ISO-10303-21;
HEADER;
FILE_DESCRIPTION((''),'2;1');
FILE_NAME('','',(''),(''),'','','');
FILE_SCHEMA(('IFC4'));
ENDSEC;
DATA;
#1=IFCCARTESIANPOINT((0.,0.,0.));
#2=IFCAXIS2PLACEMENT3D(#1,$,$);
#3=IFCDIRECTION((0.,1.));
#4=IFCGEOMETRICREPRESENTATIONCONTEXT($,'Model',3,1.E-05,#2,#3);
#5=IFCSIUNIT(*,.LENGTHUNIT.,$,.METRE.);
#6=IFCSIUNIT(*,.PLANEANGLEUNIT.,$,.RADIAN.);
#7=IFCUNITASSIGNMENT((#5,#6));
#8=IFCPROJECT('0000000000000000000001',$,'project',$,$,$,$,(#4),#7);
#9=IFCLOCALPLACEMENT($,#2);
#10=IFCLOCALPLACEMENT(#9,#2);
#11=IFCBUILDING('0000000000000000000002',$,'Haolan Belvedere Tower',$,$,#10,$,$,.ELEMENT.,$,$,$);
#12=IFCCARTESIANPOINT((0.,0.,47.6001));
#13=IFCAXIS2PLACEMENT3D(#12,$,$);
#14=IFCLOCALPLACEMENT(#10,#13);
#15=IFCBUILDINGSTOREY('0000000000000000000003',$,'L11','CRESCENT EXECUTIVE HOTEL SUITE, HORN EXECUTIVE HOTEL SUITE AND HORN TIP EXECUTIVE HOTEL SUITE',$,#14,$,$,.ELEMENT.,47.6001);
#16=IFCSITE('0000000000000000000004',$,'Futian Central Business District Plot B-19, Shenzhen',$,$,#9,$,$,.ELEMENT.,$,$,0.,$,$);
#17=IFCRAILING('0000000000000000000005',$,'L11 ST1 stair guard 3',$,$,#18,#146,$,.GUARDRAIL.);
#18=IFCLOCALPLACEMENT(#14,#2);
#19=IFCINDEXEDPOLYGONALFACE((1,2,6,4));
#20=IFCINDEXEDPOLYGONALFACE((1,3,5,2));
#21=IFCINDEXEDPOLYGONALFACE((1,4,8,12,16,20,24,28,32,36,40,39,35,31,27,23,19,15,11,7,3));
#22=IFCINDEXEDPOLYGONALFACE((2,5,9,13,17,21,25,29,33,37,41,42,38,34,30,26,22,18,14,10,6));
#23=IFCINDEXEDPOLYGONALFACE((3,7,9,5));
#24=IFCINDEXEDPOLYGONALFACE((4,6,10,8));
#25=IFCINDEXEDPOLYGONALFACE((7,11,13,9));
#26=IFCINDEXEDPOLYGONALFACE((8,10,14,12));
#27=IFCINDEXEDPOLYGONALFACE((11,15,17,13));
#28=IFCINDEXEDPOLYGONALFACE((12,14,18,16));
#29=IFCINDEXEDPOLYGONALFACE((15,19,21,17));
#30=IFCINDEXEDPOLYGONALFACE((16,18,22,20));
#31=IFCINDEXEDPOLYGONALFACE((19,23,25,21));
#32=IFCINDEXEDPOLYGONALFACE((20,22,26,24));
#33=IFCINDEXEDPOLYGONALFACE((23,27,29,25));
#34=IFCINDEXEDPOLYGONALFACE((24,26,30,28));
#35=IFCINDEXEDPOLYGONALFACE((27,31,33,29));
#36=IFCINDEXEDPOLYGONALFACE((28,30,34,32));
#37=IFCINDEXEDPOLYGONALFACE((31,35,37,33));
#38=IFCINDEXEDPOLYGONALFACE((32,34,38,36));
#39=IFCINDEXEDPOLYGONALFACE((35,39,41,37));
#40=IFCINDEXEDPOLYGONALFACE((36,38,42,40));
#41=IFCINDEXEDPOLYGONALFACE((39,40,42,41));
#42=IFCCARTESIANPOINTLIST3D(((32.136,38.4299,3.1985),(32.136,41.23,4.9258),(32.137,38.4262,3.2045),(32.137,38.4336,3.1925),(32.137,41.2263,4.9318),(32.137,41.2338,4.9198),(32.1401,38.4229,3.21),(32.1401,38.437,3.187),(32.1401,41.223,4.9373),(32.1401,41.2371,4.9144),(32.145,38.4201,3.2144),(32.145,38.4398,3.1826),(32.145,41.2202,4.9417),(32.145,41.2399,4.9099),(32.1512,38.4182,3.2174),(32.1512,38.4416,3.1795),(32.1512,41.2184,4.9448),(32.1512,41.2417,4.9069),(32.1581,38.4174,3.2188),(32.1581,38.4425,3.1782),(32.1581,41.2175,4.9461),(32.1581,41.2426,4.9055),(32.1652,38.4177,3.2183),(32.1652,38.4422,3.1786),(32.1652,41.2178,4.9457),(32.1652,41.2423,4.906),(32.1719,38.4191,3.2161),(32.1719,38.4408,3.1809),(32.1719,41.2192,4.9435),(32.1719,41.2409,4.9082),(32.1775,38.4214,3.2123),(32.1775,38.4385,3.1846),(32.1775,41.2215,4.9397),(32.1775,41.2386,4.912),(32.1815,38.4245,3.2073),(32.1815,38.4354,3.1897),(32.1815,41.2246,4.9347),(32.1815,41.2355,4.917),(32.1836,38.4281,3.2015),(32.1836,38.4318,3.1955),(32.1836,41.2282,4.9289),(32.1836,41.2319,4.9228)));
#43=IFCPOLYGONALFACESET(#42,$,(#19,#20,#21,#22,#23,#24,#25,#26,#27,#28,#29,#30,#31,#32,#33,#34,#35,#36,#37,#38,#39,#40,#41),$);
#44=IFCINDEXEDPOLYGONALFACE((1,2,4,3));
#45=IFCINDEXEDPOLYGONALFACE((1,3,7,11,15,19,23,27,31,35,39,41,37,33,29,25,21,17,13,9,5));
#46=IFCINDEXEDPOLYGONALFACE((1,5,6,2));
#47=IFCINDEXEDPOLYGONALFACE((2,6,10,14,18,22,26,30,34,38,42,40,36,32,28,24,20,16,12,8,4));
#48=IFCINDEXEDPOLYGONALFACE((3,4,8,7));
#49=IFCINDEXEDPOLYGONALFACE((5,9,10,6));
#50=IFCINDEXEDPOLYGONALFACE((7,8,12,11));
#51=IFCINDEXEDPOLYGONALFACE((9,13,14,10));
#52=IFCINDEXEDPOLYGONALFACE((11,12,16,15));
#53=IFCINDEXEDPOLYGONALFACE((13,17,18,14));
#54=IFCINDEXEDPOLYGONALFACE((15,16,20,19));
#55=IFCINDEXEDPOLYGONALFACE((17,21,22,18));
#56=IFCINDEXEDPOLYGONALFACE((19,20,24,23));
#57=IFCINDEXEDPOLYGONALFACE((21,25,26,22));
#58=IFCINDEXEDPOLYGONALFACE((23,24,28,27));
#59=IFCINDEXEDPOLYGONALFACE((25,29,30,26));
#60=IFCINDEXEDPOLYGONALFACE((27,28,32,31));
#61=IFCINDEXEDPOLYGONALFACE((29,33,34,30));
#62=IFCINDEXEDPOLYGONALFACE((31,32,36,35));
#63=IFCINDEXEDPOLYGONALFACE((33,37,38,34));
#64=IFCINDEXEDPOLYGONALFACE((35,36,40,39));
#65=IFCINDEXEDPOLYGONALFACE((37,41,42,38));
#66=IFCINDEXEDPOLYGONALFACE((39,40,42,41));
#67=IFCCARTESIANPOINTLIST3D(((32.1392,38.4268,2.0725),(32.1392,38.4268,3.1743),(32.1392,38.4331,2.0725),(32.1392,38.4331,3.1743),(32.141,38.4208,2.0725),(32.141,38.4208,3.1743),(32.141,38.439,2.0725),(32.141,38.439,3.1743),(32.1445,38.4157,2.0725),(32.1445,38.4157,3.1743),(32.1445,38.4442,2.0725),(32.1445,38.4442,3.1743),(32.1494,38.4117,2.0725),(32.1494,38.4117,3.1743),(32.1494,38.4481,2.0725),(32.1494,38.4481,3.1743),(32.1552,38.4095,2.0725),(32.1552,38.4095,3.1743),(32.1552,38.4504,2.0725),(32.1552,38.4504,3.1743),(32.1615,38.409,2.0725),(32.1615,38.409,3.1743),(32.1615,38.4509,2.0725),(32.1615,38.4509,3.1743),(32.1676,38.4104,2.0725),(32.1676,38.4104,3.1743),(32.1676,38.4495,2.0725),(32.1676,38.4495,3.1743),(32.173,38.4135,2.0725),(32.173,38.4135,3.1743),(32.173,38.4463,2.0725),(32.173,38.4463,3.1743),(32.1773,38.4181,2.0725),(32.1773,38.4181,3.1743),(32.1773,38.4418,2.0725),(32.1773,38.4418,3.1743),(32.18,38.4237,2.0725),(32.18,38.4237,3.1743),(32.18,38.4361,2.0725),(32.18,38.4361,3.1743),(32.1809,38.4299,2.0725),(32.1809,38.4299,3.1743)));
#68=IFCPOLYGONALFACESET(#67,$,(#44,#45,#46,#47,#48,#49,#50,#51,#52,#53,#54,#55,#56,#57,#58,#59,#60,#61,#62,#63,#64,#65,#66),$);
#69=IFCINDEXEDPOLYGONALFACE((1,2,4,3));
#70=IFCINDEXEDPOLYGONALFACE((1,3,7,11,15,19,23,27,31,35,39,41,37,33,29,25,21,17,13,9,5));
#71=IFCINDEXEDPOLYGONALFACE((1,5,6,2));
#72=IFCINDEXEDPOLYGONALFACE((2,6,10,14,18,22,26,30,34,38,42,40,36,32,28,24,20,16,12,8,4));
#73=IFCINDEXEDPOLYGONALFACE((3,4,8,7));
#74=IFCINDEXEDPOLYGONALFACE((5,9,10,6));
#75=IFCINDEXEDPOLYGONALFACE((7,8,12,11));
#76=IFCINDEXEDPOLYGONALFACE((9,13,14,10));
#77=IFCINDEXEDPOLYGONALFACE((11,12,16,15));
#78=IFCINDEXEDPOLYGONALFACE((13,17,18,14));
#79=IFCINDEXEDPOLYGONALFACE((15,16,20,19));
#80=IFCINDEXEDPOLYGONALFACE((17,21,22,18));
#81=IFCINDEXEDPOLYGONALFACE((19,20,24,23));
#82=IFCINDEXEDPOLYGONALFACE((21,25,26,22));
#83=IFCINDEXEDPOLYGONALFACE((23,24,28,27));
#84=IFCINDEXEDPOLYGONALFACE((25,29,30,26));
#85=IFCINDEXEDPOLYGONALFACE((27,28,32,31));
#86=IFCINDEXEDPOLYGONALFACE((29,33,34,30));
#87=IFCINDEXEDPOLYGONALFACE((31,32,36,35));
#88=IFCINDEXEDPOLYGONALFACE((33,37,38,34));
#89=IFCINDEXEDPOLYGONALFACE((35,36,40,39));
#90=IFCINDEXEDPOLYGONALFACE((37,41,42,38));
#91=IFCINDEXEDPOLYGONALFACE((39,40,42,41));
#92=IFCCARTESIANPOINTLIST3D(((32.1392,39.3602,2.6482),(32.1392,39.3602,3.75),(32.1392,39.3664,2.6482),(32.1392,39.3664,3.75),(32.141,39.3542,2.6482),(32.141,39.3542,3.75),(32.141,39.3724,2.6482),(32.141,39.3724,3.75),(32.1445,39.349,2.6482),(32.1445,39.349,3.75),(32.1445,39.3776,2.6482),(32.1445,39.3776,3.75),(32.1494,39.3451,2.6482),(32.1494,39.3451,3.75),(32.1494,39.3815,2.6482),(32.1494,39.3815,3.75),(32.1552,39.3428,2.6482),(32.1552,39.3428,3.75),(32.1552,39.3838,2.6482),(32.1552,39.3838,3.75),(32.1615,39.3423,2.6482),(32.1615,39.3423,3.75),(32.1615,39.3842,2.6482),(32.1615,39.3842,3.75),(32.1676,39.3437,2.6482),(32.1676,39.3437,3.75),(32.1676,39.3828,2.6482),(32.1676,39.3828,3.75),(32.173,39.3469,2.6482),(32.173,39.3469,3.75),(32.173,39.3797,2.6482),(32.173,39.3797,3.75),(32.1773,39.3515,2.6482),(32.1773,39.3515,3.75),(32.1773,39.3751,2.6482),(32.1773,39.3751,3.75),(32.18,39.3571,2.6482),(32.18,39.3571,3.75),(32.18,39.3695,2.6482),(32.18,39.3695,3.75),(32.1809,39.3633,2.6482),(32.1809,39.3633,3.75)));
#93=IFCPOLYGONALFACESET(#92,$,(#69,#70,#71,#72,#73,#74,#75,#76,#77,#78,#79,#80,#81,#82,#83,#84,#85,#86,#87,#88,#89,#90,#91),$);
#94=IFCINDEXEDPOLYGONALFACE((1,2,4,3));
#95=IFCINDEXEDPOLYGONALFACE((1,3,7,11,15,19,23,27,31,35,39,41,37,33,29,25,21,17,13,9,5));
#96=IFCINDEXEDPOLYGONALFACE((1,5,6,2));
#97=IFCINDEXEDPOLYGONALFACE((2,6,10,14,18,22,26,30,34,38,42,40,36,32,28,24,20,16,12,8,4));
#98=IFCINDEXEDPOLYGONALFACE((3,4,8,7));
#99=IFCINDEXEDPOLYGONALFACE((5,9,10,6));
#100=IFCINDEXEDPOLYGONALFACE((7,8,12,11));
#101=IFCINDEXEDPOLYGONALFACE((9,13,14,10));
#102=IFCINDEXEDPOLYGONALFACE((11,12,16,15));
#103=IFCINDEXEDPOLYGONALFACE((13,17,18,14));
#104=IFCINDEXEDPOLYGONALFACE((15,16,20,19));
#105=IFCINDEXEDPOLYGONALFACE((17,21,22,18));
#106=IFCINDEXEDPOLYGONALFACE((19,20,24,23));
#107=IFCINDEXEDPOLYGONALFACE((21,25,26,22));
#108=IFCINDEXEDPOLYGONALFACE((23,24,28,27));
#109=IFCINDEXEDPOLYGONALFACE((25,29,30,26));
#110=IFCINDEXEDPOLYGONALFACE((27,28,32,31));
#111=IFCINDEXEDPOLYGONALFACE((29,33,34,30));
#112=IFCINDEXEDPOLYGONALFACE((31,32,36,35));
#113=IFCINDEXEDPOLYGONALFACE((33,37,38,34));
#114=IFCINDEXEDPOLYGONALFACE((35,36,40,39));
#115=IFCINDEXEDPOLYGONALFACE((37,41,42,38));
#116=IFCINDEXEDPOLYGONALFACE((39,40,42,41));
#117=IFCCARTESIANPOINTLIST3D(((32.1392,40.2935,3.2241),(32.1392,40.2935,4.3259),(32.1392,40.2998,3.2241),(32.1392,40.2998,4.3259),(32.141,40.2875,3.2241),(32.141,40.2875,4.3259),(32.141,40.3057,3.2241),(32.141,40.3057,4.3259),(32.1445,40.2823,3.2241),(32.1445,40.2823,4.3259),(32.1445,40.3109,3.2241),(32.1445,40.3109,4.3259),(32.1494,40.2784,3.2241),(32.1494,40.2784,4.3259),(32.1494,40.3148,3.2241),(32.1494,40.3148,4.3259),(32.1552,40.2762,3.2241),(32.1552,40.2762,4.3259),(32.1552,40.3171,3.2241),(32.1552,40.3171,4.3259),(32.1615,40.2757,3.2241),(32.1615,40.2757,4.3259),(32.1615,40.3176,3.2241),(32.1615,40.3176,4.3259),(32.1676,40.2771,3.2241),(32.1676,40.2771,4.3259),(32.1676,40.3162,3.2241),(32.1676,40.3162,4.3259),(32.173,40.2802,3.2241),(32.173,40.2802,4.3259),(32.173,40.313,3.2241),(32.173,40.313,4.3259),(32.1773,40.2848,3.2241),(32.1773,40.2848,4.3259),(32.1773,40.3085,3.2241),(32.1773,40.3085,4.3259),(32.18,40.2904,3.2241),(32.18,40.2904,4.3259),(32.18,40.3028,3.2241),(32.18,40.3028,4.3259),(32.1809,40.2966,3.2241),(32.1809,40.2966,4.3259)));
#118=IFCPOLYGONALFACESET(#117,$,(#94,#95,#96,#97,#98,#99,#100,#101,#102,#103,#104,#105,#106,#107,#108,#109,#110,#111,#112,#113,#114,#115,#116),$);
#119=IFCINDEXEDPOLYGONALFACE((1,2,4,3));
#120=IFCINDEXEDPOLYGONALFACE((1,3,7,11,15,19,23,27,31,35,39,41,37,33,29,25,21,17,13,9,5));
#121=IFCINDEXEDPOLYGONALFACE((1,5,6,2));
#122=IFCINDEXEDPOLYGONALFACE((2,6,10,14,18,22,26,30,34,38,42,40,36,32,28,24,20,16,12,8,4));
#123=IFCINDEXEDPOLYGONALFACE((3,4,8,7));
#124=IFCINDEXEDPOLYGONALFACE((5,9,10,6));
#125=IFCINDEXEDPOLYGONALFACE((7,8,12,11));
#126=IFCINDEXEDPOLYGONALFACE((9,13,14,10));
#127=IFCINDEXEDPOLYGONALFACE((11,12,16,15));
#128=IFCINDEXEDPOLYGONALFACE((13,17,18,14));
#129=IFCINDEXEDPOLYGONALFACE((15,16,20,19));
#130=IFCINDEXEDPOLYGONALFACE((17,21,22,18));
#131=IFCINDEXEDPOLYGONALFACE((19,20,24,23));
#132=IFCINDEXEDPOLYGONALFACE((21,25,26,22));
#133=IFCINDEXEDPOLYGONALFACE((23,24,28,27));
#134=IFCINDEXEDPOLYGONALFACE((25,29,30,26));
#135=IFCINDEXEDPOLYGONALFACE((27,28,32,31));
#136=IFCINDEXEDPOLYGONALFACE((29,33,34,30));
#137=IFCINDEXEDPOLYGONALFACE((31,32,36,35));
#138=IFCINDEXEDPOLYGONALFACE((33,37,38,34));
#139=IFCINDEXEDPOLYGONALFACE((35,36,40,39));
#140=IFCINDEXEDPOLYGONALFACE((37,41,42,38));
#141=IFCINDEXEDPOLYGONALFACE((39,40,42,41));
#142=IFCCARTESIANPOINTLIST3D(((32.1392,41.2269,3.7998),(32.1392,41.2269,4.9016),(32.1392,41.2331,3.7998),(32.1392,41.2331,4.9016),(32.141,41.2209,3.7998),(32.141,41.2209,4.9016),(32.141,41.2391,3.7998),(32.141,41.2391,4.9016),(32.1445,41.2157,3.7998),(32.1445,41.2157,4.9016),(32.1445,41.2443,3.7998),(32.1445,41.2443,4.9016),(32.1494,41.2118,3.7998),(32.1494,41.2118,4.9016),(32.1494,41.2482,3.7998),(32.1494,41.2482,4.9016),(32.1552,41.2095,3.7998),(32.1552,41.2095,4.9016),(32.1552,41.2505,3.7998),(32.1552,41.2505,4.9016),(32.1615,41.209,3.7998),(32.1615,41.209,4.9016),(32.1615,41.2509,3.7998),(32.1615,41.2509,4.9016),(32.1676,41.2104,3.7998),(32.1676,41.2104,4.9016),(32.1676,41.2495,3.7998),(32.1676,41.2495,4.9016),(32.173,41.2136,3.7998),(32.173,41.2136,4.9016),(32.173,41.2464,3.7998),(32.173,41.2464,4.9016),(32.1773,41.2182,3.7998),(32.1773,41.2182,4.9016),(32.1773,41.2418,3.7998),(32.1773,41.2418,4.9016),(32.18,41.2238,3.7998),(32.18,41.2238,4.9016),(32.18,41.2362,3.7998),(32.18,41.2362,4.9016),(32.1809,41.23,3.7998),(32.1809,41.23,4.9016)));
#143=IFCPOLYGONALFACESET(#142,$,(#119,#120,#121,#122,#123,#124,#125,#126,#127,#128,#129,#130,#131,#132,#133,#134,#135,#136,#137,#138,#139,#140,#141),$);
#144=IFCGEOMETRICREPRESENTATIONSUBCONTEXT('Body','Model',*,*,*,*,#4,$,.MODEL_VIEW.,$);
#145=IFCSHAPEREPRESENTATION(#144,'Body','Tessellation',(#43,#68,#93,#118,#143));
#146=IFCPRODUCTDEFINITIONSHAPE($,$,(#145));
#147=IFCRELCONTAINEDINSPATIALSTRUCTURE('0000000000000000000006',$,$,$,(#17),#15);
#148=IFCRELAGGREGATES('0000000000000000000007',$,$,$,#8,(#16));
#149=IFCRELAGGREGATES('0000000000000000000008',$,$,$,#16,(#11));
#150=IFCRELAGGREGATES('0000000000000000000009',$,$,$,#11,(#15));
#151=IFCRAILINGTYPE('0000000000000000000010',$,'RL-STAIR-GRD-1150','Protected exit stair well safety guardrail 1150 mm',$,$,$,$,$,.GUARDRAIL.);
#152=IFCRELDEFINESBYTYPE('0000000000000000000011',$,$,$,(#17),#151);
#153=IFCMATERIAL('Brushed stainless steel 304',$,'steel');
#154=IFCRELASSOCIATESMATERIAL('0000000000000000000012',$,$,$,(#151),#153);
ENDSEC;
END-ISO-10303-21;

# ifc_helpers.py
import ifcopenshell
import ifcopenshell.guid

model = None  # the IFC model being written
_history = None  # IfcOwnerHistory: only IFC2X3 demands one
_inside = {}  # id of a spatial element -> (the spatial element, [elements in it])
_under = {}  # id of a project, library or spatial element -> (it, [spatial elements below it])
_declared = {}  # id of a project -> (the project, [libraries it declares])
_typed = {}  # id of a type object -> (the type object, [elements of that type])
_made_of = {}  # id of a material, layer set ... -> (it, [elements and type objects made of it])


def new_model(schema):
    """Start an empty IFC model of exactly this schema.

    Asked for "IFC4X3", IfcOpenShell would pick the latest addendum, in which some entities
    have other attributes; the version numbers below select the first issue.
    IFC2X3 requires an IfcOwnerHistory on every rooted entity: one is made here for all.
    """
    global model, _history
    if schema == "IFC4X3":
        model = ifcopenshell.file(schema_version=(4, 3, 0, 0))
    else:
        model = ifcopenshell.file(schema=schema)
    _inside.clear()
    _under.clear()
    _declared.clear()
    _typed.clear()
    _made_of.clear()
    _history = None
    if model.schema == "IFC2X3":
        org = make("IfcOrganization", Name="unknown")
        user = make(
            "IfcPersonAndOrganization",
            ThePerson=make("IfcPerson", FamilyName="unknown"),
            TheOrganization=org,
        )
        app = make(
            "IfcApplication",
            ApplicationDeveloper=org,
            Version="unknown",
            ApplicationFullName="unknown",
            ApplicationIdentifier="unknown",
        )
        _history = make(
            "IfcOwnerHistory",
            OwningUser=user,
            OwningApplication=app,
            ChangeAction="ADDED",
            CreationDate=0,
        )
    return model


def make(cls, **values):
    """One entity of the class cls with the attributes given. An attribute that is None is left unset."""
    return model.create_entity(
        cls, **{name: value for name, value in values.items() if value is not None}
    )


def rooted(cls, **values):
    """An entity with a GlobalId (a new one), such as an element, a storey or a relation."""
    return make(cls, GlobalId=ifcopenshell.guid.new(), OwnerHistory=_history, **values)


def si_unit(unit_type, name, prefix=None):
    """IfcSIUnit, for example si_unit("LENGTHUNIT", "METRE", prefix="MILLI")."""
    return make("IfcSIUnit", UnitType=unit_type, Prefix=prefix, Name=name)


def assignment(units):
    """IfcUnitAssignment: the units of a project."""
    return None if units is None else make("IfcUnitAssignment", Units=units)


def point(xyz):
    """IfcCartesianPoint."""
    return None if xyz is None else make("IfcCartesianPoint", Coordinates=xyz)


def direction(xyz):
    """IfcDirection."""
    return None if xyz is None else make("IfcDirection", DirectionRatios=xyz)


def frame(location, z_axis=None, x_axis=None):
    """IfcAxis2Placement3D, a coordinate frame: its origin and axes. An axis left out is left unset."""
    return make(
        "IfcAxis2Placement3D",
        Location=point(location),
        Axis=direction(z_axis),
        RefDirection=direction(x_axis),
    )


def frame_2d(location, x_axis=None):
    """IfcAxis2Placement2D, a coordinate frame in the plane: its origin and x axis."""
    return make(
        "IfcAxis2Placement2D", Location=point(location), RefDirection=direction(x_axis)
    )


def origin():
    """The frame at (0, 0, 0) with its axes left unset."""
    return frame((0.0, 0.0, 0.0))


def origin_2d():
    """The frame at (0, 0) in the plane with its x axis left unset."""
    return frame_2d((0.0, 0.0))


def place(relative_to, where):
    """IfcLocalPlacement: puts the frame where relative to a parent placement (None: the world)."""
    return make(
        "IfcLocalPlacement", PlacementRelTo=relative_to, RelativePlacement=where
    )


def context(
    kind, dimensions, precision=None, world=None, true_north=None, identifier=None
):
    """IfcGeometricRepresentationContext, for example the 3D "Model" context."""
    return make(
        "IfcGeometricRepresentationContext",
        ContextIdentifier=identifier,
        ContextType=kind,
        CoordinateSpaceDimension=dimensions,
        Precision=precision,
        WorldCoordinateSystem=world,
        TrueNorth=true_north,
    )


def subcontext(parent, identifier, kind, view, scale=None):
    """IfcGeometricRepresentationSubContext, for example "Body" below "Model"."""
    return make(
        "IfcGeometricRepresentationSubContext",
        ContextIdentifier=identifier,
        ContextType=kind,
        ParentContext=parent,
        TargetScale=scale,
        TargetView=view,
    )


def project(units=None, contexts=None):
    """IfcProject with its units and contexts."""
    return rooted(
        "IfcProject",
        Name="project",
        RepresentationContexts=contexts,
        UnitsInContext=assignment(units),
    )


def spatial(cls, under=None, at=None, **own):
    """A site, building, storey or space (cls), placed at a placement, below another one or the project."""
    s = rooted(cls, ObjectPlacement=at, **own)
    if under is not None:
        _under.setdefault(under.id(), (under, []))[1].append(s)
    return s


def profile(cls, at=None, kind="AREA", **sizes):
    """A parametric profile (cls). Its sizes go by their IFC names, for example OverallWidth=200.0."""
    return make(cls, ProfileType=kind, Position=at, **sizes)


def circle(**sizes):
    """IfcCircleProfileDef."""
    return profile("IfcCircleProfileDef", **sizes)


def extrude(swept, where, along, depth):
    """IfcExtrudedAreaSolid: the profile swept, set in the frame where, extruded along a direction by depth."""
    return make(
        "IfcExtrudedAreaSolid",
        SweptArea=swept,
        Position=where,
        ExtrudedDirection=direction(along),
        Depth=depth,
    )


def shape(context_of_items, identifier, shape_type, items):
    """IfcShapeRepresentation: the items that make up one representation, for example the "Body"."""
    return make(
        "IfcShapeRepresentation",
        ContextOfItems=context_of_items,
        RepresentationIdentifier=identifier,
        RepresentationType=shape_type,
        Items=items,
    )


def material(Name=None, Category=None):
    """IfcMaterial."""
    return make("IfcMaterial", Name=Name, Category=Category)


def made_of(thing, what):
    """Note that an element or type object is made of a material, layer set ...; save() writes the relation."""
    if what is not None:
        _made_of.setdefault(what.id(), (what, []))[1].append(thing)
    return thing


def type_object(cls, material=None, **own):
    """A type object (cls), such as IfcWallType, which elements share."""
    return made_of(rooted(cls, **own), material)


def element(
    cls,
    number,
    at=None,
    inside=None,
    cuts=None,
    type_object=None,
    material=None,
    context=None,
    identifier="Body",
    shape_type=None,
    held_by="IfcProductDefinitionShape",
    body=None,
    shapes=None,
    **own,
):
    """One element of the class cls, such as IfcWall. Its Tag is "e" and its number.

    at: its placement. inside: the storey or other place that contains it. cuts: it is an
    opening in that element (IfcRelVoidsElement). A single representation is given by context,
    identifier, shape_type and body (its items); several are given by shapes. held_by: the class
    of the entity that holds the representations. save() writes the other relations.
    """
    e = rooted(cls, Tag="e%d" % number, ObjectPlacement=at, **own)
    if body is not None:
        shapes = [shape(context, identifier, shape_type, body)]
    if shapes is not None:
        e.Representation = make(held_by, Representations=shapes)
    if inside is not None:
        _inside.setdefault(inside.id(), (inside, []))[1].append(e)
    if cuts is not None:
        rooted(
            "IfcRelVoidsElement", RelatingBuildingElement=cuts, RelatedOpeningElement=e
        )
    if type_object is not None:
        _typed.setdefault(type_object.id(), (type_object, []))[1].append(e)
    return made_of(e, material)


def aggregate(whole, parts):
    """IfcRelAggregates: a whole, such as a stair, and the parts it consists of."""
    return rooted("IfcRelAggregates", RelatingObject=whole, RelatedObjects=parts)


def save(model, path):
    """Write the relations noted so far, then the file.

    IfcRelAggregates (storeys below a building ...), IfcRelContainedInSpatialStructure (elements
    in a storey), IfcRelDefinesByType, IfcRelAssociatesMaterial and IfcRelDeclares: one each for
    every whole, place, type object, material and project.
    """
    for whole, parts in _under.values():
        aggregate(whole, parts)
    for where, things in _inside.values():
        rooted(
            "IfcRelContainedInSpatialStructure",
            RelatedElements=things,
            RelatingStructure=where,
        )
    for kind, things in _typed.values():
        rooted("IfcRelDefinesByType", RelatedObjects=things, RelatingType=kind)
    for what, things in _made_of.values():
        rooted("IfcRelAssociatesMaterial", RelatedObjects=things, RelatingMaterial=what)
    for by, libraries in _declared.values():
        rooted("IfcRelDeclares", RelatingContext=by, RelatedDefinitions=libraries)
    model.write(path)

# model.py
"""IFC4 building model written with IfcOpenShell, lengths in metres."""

from ifc_helpers import new_model, si_unit, direction, frame, origin, origin_2d, place, context, subcontext, project, spatial, circle, extrude, material, type_object, element, save


model = new_model("IFC4")

# Units and contexts
model_context = context("Model", 3, precision=1e-05, world=origin(), true_north=direction((0.0, 1.0)))
body_context = subcontext(model_context, "Body", "Model", "MODEL_VIEW")
ifc_project = project(units=[si_unit("LENGTHUNIT", "METRE"), si_unit("PLANEANGLEUNIT", "RADIAN")], contexts=[model_context])

# Site, building, storey
site_placement = place(None, origin())
site = spatial("IfcSite", under=ifc_project, at=site_placement, Name="Futian Central Business District Plot B-19, Shenzhen", CompositionType="ELEMENT", RefElevation=0.0)
building_placement = place(site_placement, origin())
building = spatial("IfcBuilding", under=site, at=building_placement, Name="Haolan Belvedere Tower", CompositionType="ELEMENT")
storey_placement = place(building_placement, frame((0.0, 0.0, 47.6001)))
storey = spatial("IfcBuildingStorey", under=building, at=storey_placement, Name="L11", Description="CRESCENT EXECUTIVE HOTEL SUITE, HORN EXECUTIVE HOTEL SUITE AND HORN TIP EXECUTIVE HOTEL SUITE", CompositionType="ELEMENT", Elevation=47.6001)

# Railing
ifc_material_1 = material(Name="Brushed stainless steel 304", Category="steel")
railing_type_1 = type_object("IfcRailingType", Name="RL-STAIR-GRD-1150", Description="Protected exit stair well safety guardrail 1150 mm", PredefinedType="GUARDRAIL", material=ifc_material_1)
railing_1_placement = place(storey_placement, frame((32.1599, 38.4299, 2.0725)))
element("IfcRailing", 1, at=railing_1_placement, inside=storey, type_object=railing_type_1, Name="L11 ST1 stair guard 3", PredefinedType="GUARDRAIL", context=body_context, shape_type="SweptSolid", body=[
    extrude(circle(Radius=0.0239, at=origin_2d()), frame((0.0, 0.0, 1.126), z_axis=(0.0, 0.85109, 0.52502), x_axis=(-1.0, 0.0, 0.0)), (0.0, 0.0, 1.0), 3.29),
    extrude(circle(Radius=0.021, at=origin_2d()), origin(), (0.0, 0.0, 1.0), 1.1018),
    extrude(circle(Radius=0.021, at=origin_2d()), frame((0.0, 0.9333, 0.5757)), (0.0, 0.0, 1.0), 1.1018),
    extrude(circle(Radius=0.021, at=origin_2d()), frame((0.0, 1.8667, 1.1516)), (0.0, 0.0, 1.0), 1.1018),
    extrude(circle(Radius=0.021, at=origin_2d()), frame((0.0, 2.8, 1.7273)), (0.0, 0.0, 1.0), 1.1018),
])

save(model, "model.ifc")
